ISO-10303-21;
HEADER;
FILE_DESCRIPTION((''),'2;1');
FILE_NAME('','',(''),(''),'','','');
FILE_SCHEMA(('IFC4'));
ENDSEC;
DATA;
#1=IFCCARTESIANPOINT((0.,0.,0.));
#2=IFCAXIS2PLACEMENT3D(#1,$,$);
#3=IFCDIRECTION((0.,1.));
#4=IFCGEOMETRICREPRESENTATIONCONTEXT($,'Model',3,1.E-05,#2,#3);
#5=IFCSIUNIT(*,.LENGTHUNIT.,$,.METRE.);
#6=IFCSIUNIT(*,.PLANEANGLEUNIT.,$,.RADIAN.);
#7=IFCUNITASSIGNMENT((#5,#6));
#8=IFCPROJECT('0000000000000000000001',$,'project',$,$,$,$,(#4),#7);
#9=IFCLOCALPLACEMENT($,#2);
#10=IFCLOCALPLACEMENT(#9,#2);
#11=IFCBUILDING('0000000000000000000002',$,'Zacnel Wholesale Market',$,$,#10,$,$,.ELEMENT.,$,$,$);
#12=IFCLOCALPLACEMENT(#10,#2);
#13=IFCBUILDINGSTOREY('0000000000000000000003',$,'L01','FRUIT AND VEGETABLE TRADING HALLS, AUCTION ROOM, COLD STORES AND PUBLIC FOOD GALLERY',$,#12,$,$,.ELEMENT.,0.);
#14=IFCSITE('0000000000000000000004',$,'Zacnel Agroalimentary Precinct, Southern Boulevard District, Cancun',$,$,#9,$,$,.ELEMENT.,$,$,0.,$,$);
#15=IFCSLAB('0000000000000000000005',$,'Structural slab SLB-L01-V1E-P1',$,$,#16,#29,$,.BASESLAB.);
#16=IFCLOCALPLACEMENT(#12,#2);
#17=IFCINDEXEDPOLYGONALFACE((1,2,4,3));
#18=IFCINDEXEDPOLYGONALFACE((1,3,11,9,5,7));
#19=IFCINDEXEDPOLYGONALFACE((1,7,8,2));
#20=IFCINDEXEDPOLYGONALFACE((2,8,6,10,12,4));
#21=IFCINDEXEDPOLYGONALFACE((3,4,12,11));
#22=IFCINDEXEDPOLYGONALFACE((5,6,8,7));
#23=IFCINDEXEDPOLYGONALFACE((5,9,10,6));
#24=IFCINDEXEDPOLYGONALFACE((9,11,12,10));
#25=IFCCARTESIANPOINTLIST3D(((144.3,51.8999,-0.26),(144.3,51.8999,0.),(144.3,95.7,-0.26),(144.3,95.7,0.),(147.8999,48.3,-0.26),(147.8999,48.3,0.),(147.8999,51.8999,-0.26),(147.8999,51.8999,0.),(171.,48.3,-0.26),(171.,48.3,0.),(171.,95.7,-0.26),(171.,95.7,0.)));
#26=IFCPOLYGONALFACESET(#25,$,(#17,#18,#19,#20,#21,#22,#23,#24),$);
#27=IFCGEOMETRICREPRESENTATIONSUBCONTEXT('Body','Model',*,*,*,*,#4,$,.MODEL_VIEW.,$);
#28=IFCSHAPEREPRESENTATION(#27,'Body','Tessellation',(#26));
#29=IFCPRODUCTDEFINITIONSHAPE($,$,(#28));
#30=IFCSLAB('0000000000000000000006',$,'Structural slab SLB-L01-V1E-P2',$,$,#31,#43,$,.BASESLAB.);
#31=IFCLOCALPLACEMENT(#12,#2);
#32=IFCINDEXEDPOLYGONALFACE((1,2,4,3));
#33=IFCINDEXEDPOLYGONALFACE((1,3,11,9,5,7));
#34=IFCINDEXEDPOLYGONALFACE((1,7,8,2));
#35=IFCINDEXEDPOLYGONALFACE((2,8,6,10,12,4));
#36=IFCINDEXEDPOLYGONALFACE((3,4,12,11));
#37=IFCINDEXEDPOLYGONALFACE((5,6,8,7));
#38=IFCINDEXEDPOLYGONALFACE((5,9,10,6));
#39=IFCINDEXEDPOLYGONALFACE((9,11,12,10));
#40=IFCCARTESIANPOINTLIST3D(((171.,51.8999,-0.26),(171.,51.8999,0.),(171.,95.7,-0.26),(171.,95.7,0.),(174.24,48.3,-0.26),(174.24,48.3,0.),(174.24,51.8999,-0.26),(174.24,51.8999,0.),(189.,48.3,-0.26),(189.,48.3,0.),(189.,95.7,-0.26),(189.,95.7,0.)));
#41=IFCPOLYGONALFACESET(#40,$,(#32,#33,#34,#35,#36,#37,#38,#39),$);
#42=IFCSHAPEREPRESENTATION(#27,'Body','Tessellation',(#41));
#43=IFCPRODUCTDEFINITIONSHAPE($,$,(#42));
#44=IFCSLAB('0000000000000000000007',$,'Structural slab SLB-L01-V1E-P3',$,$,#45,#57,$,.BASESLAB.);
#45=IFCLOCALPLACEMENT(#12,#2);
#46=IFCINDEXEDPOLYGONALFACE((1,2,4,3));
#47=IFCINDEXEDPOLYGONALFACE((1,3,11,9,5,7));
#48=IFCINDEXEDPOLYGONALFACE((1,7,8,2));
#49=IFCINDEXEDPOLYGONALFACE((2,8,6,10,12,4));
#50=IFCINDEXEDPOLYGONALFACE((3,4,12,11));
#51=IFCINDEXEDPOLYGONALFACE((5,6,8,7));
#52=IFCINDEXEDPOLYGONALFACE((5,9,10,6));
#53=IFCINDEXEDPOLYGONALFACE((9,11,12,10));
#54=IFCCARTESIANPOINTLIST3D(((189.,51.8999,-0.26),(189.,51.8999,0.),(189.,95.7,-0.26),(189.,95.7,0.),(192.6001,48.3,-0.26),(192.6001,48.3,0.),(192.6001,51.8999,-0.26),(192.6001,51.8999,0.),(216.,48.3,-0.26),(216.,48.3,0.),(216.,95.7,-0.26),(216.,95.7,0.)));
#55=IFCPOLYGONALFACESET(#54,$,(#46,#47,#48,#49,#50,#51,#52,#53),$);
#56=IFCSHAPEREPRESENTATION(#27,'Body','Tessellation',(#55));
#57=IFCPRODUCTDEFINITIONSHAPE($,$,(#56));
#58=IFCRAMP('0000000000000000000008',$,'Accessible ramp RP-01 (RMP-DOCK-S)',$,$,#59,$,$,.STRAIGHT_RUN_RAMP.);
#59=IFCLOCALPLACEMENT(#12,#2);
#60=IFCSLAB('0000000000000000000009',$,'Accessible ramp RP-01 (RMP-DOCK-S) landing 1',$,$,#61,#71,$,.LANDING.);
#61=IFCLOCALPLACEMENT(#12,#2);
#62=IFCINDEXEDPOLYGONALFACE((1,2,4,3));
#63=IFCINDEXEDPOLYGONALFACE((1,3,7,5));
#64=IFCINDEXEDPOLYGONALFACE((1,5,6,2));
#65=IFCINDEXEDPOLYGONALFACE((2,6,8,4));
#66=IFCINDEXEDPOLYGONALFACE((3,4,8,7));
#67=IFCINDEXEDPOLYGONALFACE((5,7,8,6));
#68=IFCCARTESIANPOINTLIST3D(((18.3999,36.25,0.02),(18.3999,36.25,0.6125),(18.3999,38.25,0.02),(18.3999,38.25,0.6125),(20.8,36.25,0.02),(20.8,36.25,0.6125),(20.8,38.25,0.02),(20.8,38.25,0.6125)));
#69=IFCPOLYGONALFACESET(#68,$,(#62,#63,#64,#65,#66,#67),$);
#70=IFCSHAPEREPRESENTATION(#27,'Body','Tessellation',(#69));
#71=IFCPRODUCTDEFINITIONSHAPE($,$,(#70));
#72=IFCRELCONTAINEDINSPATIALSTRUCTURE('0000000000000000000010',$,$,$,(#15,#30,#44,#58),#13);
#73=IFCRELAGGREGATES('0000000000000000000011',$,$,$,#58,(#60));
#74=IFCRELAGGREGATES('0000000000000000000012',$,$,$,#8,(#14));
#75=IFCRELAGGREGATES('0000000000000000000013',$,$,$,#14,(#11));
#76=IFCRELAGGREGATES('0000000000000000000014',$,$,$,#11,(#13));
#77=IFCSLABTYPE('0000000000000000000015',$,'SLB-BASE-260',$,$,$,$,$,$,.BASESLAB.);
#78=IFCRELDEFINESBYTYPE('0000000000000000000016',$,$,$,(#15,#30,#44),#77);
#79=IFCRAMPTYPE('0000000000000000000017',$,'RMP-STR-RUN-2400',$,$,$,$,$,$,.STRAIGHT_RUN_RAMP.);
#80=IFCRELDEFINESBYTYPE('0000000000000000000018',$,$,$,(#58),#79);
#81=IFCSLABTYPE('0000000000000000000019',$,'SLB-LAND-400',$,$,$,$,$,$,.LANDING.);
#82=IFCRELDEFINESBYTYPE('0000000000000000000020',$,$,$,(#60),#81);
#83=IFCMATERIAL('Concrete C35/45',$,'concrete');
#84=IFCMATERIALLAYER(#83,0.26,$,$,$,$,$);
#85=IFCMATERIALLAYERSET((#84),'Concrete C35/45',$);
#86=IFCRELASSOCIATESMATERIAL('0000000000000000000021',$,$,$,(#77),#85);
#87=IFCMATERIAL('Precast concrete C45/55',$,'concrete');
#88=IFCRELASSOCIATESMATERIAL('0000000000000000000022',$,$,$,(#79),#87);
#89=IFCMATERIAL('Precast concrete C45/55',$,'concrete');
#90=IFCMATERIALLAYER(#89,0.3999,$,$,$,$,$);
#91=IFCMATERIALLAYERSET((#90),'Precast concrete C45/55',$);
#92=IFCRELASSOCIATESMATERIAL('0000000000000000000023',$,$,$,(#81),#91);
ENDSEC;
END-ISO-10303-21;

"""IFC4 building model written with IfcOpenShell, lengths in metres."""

from ifc_helpers import new_model, si_unit, direction, frame, origin, place, context, subcontext, project, spatial, polyline, outline, extrude, material, layer, layer_set, type_object, element, aggregate, save


model = new_model("IFC4")

# Units and contexts
model_context = context("Model", 3, precision=1e-05, world=origin(), true_north=direction((0.0, 1.0)))
body_context = subcontext(model_context, "Body", "Model", "MODEL_VIEW")
ifc_project = project(units=[si_unit("LENGTHUNIT", "METRE"), si_unit("PLANEANGLEUNIT", "RADIAN")], contexts=[model_context])

# Site, building, storey
site_placement = place(None, origin())
site = spatial("IfcSite", under=ifc_project, at=site_placement, Name="Zacnel Agroalimentary Precinct, Southern Boulevard District, Cancun", CompositionType="ELEMENT", RefElevation=0.0)
building_placement = place(site_placement, origin())
building = spatial("IfcBuilding", under=site, at=building_placement, Name="Zacnel Wholesale Market", CompositionType="ELEMENT")
storey_placement = place(building_placement, origin())
storey = spatial("IfcBuildingStorey", under=building, at=storey_placement, Name="L01", Description="FRUIT AND VEGETABLE TRADING HALLS, AUCTION ROOM, COLD STORES AND PUBLIC FOOD GALLERY", CompositionType="ELEMENT", Elevation=0.0)

# Slabs
ifc_material_1 = material(Name="Concrete C35/45", Category="concrete")
ifc_layer_1 = layer(ifc_material_1, 0.26)
ifc_layer_set_1 = layer_set([ifc_layer_1], Name="Concrete C35/45")
slab_type_1 = type_object("IfcSlabType", Name="SLB-BASE-260", PredefinedType="BASESLAB", material=ifc_layer_set_1)
slab_1_placement = place(storey_placement, frame((0.0, 0.0, -0.26)))
element("IfcSlab", 1, at=slab_1_placement, inside=storey, type_object=slab_type_1, Name="Structural slab SLB-L01-V1E-P1", PredefinedType="BASESLAB", context=body_context, shape_type="SweptSolid", body=[
    extrude(outline(polyline([(147.8999, 48.3), (171.0, 48.3), (171.0, 95.7), (144.3, 95.7), (144.3, 51.8999), (147.8999, 51.8999), (147.8999, 48.3)])), origin(), (0.0, 0.0, 1.0), 0.26),
])
slab_2_placement = place(storey_placement, frame((0.0, 0.0, -0.26)))
element("IfcSlab", 2, at=slab_2_placement, inside=storey, type_object=slab_type_1, Name="Structural slab SLB-L01-V1E-P2", PredefinedType="BASESLAB", context=body_context, shape_type="SweptSolid", body=[
    extrude(outline(polyline([(174.24, 48.3), (189.0, 48.3), (189.0, 95.7), (171.0, 95.7), (171.0, 51.8999), (174.24, 51.8999), (174.24, 48.3)])), origin(), (0.0, 0.0, 1.0), 0.26),
])
slab_3_placement = place(storey_placement, frame((0.0, 0.0, -0.26)))
element("IfcSlab", 3, at=slab_3_placement, inside=storey, type_object=slab_type_1, Name="Structural slab SLB-L01-V1E-P3", PredefinedType="BASESLAB", context=body_context, shape_type="SweptSolid", body=[
    extrude(outline(polyline([(192.6001, 48.3), (216.0, 48.3), (216.0, 95.7), (189.0, 95.7), (189.0, 51.8999), (192.6001, 51.8999), (192.6001, 48.3)])), origin(), (0.0, 0.0, 1.0), 0.26),
])

# Ramp, slab
ifc_material_2 = material(Name="Precast concrete C45/55", Category="concrete")
ramp_type = type_object("IfcRampType", Name="RMP-STR-RUN-2400", PredefinedType="STRAIGHT_RUN_RAMP", material=ifc_material_2)
ramp_placement = place(storey_placement, origin())
ramp = element("IfcRamp", 4, at=ramp_placement, inside=storey, type_object=ramp_type, Name="Accessible ramp RP-01 (RMP-DOCK-S)", PredefinedType="STRAIGHT_RUN_RAMP")
ifc_material_3 = material(Name="Precast concrete C45/55", Category="concrete")
ifc_layer_2 = layer(ifc_material_3, 0.3999)
ifc_layer_set_2 = layer_set([ifc_layer_2], Name="Precast concrete C45/55")
slab_type_2 = type_object("IfcSlabType", Name="SLB-LAND-400", PredefinedType="LANDING", material=ifc_layer_set_2)
slab_4_placement = place(storey_placement, frame((0.0, 0.0, 0.02)))
slab_4 = element("IfcSlab", 5, at=slab_4_placement, type_object=slab_type_2, Name="Accessible ramp RP-01 (RMP-DOCK-S) landing 1", PredefinedType="LANDING", context=body_context, shape_type="SweptSolid", body=[
    extrude(outline(polyline([(18.3999, 36.25), (20.8, 36.25), (20.8, 38.25), (18.3999, 38.25), (18.3999, 36.25)])), origin(), (0.0, 0.0, 1.0), 0.5925),
])
aggregate(ramp, [slab_4])

save(model, "model.ifc")
